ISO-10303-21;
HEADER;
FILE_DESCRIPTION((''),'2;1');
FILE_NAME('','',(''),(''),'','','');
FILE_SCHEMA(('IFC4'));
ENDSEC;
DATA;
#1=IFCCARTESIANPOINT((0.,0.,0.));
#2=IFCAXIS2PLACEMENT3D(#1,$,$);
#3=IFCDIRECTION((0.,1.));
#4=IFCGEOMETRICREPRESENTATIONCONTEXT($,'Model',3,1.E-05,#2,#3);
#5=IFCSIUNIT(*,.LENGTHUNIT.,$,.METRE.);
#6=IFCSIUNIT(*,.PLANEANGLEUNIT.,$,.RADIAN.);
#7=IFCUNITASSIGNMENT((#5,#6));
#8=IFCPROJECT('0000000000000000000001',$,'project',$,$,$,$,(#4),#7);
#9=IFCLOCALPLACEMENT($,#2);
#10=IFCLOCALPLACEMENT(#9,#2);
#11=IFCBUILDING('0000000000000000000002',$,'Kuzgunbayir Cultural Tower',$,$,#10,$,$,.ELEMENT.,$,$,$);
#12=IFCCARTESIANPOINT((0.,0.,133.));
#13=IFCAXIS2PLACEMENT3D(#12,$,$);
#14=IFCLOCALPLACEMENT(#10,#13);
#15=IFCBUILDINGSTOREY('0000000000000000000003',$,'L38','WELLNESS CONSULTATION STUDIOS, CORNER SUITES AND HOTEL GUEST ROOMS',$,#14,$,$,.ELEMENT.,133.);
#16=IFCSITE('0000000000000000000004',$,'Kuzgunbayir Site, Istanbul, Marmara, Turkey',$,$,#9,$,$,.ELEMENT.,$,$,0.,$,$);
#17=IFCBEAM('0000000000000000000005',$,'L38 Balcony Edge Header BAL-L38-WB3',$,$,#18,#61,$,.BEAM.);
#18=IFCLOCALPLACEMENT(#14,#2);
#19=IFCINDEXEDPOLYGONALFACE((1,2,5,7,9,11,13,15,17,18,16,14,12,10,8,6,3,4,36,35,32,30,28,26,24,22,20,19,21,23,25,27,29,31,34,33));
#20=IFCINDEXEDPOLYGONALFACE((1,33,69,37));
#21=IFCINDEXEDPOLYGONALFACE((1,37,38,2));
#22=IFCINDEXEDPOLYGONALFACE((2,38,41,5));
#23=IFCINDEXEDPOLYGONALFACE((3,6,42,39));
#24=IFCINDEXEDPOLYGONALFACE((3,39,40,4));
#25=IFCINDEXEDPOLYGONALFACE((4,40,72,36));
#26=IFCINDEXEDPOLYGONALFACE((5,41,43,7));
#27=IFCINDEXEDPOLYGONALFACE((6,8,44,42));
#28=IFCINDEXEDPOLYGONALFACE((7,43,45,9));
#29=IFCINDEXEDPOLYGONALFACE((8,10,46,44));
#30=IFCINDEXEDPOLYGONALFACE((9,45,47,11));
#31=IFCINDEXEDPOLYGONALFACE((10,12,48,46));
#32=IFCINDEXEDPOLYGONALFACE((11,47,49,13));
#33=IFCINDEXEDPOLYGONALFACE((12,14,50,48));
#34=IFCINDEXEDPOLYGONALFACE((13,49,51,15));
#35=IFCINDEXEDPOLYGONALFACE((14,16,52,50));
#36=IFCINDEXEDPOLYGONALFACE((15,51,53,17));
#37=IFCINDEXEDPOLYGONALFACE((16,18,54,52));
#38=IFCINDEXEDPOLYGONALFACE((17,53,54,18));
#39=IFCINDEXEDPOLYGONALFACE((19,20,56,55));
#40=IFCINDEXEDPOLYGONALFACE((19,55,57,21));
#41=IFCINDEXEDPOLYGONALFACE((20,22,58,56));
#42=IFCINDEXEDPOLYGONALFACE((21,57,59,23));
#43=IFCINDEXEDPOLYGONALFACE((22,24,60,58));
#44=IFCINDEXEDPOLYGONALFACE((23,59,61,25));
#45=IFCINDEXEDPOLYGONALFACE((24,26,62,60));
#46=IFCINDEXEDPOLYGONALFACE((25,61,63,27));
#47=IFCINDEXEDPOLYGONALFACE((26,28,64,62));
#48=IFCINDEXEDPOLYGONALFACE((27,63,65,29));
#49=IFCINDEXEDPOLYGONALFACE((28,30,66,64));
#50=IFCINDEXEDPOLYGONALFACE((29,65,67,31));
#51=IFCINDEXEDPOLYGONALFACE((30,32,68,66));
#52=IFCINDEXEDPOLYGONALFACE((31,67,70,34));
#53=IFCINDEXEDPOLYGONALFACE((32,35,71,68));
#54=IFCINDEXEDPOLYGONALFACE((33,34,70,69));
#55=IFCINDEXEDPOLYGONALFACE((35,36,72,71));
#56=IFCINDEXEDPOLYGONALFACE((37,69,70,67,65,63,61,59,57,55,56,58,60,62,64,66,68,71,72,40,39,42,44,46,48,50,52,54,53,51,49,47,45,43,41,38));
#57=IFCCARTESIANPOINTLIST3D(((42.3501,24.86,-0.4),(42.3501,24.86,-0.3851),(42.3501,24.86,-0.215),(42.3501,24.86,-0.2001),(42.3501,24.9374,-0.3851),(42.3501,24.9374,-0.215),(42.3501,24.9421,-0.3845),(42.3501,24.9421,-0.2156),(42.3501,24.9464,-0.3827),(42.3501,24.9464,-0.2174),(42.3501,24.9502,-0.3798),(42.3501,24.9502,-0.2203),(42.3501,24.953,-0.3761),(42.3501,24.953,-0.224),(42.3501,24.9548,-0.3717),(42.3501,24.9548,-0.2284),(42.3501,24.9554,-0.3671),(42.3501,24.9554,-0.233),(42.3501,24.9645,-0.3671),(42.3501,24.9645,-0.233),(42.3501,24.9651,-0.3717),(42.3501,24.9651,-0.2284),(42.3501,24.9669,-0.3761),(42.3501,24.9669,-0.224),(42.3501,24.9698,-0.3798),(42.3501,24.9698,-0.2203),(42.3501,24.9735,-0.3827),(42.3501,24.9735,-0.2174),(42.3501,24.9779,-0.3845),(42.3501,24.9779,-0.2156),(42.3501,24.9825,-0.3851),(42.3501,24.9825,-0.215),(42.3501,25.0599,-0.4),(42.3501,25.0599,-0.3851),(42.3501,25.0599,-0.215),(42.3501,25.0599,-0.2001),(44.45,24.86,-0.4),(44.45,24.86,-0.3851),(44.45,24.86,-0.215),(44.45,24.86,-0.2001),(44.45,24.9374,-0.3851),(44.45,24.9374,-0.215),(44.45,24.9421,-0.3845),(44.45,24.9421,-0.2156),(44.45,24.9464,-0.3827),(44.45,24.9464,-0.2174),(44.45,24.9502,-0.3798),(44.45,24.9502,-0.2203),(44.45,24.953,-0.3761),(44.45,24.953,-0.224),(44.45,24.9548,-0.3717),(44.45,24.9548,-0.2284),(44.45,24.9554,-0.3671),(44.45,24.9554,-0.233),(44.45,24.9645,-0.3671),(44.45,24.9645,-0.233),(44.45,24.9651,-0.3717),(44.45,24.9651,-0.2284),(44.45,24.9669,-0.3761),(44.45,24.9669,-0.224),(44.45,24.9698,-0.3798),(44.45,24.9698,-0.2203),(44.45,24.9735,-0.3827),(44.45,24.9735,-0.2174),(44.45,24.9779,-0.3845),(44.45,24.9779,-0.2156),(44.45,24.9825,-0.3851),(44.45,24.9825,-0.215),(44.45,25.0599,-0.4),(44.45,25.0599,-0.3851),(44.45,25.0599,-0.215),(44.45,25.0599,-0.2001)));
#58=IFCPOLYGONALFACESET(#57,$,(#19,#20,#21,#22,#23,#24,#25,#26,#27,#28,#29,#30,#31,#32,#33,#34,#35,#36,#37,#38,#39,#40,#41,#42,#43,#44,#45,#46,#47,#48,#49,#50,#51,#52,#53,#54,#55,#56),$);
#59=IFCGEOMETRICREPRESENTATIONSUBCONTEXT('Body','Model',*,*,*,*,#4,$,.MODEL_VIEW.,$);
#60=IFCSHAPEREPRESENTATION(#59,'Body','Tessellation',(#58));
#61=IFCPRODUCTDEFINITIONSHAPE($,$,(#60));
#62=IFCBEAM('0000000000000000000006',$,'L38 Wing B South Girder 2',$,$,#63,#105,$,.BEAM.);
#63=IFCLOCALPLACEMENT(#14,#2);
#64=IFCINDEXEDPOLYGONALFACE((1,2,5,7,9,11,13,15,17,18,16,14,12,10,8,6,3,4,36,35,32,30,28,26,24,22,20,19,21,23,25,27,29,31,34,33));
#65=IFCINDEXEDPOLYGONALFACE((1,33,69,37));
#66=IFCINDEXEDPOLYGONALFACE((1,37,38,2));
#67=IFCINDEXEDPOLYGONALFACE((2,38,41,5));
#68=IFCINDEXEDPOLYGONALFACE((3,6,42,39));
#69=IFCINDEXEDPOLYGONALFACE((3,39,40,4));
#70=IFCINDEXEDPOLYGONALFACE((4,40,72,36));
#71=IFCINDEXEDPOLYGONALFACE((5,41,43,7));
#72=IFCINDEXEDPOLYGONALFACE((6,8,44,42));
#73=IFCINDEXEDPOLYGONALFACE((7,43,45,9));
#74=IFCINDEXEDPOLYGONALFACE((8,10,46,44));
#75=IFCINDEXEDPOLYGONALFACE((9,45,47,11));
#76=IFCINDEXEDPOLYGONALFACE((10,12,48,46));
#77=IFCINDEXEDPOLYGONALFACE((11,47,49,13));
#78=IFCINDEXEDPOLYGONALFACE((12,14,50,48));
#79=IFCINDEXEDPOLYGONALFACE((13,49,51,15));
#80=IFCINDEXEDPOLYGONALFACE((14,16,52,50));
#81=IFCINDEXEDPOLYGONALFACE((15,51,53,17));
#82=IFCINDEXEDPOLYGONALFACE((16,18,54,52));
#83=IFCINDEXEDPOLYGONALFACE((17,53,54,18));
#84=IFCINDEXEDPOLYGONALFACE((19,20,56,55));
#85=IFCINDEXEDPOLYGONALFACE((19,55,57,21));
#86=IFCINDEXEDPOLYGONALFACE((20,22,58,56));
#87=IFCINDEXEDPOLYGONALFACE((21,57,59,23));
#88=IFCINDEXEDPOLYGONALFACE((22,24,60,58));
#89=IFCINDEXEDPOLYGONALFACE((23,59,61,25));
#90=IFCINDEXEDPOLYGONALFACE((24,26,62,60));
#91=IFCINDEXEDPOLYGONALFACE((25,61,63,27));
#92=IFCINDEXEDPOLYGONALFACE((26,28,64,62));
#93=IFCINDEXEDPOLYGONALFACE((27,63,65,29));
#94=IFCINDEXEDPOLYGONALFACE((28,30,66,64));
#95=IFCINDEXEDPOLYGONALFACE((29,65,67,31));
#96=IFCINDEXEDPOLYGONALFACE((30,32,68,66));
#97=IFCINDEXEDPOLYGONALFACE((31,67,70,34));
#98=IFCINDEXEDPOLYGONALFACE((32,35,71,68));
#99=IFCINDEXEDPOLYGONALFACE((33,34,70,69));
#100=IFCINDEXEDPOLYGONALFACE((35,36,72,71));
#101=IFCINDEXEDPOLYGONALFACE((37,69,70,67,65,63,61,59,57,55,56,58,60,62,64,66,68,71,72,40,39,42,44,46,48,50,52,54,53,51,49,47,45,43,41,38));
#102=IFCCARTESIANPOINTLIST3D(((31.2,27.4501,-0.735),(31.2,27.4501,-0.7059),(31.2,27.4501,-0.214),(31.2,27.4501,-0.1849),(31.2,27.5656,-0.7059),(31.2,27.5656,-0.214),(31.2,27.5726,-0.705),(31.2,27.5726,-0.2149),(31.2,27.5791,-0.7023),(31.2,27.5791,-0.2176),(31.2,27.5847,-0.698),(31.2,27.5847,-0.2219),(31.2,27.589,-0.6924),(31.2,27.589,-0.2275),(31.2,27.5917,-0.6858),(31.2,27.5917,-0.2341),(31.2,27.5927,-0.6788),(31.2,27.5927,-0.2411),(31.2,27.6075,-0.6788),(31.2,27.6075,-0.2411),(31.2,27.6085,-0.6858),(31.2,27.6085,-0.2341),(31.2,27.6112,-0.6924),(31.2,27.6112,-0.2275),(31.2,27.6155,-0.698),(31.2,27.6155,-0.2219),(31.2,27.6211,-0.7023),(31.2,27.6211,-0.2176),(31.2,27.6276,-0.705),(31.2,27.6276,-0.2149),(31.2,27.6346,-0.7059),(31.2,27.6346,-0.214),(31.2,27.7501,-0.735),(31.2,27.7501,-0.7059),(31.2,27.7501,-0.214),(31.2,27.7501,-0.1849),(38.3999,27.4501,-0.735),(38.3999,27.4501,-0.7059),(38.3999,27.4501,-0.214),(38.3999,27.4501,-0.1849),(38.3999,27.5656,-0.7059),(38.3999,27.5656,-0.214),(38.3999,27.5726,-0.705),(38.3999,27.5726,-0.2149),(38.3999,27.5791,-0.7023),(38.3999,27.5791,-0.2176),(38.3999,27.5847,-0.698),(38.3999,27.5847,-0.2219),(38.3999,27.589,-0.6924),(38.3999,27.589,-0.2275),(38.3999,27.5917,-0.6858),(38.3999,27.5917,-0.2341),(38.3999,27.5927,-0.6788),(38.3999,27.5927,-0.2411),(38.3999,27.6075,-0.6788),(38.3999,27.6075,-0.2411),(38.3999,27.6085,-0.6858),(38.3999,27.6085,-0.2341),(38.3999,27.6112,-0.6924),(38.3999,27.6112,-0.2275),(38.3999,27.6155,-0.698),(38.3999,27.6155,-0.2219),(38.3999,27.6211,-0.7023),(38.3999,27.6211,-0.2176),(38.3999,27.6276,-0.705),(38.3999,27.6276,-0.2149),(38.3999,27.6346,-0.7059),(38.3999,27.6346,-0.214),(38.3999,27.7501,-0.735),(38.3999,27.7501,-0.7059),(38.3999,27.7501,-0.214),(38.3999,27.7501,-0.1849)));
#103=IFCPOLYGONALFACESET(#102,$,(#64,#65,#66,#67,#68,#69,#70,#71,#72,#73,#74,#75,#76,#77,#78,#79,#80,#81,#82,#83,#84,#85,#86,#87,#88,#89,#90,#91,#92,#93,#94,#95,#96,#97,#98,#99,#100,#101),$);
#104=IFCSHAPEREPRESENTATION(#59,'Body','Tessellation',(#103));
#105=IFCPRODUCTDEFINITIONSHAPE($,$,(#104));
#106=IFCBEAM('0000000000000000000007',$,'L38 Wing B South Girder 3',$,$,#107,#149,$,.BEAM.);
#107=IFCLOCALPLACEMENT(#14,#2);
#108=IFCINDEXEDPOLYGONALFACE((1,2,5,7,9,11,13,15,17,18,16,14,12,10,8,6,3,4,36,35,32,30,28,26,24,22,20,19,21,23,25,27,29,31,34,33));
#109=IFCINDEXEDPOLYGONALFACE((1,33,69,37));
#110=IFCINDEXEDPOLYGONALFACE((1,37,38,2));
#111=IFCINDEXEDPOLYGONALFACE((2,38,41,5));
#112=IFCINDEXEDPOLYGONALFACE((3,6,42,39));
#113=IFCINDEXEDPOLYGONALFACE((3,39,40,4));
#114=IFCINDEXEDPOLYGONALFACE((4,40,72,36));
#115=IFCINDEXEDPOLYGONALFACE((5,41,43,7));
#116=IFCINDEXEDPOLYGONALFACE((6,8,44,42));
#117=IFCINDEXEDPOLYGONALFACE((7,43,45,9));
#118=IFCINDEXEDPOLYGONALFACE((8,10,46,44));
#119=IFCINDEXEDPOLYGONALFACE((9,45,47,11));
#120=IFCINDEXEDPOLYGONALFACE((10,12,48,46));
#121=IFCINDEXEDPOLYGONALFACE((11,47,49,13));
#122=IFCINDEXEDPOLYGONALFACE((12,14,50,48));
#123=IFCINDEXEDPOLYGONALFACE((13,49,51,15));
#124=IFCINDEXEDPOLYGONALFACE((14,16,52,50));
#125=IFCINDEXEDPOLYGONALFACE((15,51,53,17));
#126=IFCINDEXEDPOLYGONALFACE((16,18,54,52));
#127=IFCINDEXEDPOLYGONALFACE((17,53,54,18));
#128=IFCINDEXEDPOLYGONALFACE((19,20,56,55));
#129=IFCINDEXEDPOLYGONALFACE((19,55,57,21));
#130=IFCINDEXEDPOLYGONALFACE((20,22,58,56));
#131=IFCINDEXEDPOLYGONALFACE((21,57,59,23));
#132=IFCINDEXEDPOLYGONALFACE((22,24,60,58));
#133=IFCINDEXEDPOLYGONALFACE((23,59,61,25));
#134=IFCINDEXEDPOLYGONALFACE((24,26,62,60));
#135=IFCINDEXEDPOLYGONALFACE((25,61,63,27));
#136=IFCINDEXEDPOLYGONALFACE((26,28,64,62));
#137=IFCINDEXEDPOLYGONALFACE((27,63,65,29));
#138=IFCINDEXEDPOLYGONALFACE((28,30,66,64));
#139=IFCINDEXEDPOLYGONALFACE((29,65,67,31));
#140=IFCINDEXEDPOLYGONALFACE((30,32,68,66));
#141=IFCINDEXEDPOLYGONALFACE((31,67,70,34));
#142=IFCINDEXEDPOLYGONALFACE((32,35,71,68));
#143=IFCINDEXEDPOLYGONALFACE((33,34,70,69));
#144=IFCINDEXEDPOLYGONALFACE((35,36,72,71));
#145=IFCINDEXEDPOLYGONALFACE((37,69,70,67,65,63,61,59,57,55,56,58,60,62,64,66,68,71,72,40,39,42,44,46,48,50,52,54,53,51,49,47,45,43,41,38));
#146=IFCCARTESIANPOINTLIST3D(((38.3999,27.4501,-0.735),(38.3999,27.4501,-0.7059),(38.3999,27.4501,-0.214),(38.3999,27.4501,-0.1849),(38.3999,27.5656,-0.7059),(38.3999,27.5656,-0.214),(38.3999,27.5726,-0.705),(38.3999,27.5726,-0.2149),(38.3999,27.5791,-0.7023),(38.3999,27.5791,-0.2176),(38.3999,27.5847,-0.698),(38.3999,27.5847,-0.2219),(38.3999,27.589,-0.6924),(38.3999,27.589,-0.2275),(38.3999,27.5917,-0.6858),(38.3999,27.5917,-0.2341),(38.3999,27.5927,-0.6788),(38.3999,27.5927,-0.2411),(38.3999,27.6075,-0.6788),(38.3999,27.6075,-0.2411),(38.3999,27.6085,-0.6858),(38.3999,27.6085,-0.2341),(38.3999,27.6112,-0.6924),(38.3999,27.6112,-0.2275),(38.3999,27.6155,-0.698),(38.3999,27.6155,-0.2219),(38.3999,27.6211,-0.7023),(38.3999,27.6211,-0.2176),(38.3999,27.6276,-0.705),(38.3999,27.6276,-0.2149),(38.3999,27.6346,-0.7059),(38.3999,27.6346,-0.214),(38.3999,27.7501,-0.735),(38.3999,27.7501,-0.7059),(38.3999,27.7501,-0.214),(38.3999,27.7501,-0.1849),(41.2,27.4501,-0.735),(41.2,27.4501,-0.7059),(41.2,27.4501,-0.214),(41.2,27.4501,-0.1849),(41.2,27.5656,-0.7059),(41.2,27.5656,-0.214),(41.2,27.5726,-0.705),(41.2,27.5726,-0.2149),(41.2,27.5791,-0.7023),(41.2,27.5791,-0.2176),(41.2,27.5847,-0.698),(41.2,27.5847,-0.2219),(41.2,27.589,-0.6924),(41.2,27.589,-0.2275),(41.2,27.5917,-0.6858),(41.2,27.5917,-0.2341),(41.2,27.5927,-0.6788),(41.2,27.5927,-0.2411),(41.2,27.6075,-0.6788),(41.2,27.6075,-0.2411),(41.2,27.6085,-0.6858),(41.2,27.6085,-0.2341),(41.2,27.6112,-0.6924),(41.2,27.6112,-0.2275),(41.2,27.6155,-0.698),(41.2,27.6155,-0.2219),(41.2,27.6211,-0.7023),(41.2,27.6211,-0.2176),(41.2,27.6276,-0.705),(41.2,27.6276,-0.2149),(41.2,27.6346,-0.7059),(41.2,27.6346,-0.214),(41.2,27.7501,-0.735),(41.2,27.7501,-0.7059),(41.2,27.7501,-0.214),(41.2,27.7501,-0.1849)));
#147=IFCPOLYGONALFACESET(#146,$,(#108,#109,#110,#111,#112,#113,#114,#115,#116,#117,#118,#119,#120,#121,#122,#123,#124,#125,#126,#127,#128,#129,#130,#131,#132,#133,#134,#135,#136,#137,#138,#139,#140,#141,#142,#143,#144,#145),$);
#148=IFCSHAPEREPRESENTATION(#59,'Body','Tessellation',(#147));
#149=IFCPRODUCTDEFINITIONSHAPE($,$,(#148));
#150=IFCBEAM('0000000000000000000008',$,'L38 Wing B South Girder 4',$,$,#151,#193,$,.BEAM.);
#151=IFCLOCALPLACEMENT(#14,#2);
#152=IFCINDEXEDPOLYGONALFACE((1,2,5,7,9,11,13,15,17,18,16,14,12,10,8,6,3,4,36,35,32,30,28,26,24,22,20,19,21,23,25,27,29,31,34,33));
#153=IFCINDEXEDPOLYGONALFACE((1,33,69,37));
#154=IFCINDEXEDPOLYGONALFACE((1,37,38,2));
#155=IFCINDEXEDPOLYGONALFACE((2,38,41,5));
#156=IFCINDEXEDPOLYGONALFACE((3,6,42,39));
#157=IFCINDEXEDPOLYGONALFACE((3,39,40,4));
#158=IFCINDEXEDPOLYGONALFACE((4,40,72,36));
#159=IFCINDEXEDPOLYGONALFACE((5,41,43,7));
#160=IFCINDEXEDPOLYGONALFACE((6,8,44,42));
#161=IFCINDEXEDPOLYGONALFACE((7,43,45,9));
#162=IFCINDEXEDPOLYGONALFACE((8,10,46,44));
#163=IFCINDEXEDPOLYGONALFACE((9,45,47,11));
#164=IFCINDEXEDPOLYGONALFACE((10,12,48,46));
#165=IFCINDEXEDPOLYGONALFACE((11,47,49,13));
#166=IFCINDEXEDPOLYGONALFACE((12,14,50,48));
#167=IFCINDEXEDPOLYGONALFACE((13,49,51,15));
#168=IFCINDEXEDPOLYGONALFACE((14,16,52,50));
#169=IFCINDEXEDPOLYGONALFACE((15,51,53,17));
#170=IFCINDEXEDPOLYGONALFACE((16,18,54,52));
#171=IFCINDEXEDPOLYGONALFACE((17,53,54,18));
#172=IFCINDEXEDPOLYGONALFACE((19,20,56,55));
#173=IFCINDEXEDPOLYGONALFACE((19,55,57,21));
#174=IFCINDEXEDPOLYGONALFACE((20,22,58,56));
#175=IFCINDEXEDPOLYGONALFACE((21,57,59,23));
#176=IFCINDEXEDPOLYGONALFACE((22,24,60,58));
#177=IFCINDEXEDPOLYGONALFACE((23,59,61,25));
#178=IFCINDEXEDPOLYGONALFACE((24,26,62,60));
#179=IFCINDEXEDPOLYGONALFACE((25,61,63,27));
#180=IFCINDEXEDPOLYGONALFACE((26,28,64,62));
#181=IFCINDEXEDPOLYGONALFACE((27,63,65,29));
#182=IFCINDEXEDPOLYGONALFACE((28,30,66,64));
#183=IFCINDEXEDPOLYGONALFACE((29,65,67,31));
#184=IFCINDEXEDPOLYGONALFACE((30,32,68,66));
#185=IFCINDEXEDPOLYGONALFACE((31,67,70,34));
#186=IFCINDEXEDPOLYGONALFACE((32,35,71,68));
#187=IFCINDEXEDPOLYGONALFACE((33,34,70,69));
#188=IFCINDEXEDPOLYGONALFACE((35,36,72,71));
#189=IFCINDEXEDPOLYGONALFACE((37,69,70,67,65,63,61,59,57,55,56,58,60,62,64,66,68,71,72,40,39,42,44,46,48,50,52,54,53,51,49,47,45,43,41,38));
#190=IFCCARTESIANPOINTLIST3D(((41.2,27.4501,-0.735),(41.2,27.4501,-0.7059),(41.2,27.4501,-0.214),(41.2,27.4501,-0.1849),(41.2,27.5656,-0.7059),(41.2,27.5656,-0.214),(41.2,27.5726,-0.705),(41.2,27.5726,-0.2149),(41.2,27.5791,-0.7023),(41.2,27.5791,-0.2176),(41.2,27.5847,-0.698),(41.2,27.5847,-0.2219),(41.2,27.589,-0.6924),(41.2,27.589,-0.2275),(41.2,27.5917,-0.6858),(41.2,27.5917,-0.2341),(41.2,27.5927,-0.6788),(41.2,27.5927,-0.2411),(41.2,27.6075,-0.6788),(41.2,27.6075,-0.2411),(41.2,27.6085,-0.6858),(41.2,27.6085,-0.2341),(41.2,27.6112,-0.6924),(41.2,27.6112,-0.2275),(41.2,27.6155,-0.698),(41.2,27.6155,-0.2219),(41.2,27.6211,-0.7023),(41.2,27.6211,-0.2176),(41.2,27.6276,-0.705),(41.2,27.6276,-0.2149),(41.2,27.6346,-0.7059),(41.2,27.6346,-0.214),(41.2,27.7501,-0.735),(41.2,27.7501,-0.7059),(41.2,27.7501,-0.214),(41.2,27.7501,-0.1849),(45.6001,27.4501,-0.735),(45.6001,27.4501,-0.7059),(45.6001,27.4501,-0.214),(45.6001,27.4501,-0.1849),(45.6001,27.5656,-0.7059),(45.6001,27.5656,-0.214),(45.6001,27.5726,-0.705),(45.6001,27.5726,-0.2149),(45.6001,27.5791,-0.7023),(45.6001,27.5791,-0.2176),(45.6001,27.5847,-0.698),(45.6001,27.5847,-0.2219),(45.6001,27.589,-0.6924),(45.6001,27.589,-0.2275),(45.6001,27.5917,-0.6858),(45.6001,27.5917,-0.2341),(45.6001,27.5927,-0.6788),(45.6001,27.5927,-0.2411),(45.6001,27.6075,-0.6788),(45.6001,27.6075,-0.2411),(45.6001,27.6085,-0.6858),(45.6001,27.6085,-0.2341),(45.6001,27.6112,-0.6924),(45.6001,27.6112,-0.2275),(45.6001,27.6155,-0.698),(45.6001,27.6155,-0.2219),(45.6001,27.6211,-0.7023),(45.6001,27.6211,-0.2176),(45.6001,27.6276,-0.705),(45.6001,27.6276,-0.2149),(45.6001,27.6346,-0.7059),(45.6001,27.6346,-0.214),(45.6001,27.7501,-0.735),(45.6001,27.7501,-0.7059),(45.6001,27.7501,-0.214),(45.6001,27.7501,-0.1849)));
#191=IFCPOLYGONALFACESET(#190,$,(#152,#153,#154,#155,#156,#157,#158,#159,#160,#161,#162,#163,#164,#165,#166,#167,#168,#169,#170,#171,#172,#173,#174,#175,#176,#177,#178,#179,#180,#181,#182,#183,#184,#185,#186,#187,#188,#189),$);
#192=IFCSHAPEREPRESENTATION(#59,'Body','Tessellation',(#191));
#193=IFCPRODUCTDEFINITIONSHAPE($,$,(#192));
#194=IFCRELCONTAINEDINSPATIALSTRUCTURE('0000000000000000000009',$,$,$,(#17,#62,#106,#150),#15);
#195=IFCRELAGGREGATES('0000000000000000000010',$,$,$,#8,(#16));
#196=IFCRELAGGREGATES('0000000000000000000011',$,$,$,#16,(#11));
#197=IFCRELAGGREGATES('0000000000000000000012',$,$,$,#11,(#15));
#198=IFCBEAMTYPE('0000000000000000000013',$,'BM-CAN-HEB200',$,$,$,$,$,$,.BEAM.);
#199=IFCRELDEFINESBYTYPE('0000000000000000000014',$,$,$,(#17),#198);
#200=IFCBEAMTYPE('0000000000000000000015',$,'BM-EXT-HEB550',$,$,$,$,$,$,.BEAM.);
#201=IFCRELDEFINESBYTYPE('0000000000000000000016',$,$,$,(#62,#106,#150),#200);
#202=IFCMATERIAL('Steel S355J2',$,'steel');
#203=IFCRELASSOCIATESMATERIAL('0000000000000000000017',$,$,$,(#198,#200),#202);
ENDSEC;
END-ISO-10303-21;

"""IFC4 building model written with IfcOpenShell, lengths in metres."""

from ifc_helpers import new_model, si_unit, direction, frame, origin, origin_2d, place, context, subcontext, project, spatial, i_section, extrude, material, material_profile, profile_set, type_object, element, save


model = new_model("IFC4")

# Units and contexts
model_context = context("Model", 3, precision=1e-05, world=origin(), true_north=direction((0.0, 1.0)))
body_context = subcontext(model_context, "Body", "Model", "MODEL_VIEW")
ifc_project = project(units=[si_unit("LENGTHUNIT", "METRE"), si_unit("PLANEANGLEUNIT", "RADIAN")], contexts=[model_context])

# Site, building, storey
site_placement = place(None, origin())
site = spatial("IfcSite", under=ifc_project, at=site_placement, Name="Kuzgunbayir Site, Istanbul, Marmara, Turkey", CompositionType="ELEMENT", RefElevation=0.0)
building_placement = place(site_placement, origin())
building = spatial("IfcBuilding", under=site, at=building_placement, Name="Kuzgunbayir Cultural Tower", CompositionType="ELEMENT")
storey_placement = place(building_placement, frame((0.0, 0.0, 133.0)))
storey = spatial("IfcBuildingStorey", under=building, at=storey_placement, Name="L38", Description="WELLNESS CONSULTATION STUDIOS, CORNER SUITES AND HOTEL GUEST ROOMS", CompositionType="ELEMENT", Elevation=133.0)

# Beams
ifc_material_1 = material(Name="Steel S355J2", Category="steel")
ifc_material_profile_1 = material_profile(ifc_material_1, i_section(OverallWidth=0.2, OverallDepth=0.2, WebThickness=0.009, FlangeThickness=0.0149, FilletRadius=0.0181, at=origin_2d()), Name="HEB 200")
ifc_profile_set_1 = profile_set([ifc_material_profile_1], Name="Steel S355J2")
beam_type_1 = type_object("IfcBeamType", Name="BM-CAN-HEB200", PredefinedType="BEAM", material=ifc_profile_set_1)
beam_1_placement = place(storey_placement, frame((42.3501, 24.96, -0.3), z_axis=(1.0, 0.0, 0.0), x_axis=(0.0, 1.0, 0.0)))
element("IfcBeam", 1, at=beam_1_placement, inside=storey, type_object=beam_type_1, Name="L38 Balcony Edge Header BAL-L38-WB3", PredefinedType="BEAM", context=body_context, shape_type="SweptSolid", body=[
    extrude(i_section(OverallWidth=0.2, OverallDepth=0.2, WebThickness=0.009, FlangeThickness=0.0149, FilletRadius=0.0181, at=origin_2d()), origin(), (0.0, 0.0, 1.0), 2.0999),
])
ifc_material_profile_2 = material_profile(ifc_material_1, i_section(OverallWidth=0.3, OverallDepth=0.55, WebThickness=0.0149, FlangeThickness=0.0291, FilletRadius=0.0271, at=origin_2d()), Name="HEB 550")
ifc_profile_set_2 = profile_set([ifc_material_profile_2], Name="Steel S355J2")
beam_type_2 = type_object("IfcBeamType", Name="BM-EXT-HEB550", PredefinedType="BEAM", material=ifc_profile_set_2)
beam_2_placement = place(storey_placement, frame((31.2, 27.6001, -0.46), z_axis=(1.0, 0.0, 0.0), x_axis=(0.0, 1.0, 0.0)))
element("IfcBeam", 2, at=beam_2_placement, inside=storey, type_object=beam_type_2, Name="L38 Wing B South Girder 2", PredefinedType="BEAM", context=body_context, shape_type="SweptSolid", body=[
    extrude(i_section(OverallWidth=0.3, OverallDepth=0.55, WebThickness=0.0149, FlangeThickness=0.0291, FilletRadius=0.0271, at=origin_2d()), origin(), (0.0, 0.0, 1.0), 7.2),
])
beam_3_placement = place(storey_placement, frame((38.3999, 27.6001, -0.46), z_axis=(1.0, 0.0, 0.0), x_axis=(0.0, 1.0, 0.0)))
element("IfcBeam", 3, at=beam_3_placement, inside=storey, type_object=beam_type_2, Name="L38 Wing B South Girder 3", PredefinedType="BEAM", context=body_context, shape_type="SweptSolid", body=[
    extrude(i_section(OverallWidth=0.3, OverallDepth=0.55, WebThickness=0.0149, FlangeThickness=0.0291, FilletRadius=0.0271, at=origin_2d()), origin(), (0.0, 0.0, 1.0), 2.8),
])
beam_4_placement = place(storey_placement, frame((41.2, 27.6001, -0.46), z_axis=(1.0, 0.0, 0.0), x_axis=(0.0, 1.0, 0.0)))
element("IfcBeam", 4, at=beam_4_placement, inside=storey, type_object=beam_type_2, Name="L38 Wing B South Girder 4", PredefinedType="BEAM", context=body_context, shape_type="SweptSolid", body=[
    extrude(i_section(OverallWidth=0.3, OverallDepth=0.55, WebThickness=0.0149, FlangeThickness=0.0291, FilletRadius=0.0271, at=origin_2d()), origin(), (0.0, 0.0, 1.0), 4.4001),
])

save(model, "model.ifc")
